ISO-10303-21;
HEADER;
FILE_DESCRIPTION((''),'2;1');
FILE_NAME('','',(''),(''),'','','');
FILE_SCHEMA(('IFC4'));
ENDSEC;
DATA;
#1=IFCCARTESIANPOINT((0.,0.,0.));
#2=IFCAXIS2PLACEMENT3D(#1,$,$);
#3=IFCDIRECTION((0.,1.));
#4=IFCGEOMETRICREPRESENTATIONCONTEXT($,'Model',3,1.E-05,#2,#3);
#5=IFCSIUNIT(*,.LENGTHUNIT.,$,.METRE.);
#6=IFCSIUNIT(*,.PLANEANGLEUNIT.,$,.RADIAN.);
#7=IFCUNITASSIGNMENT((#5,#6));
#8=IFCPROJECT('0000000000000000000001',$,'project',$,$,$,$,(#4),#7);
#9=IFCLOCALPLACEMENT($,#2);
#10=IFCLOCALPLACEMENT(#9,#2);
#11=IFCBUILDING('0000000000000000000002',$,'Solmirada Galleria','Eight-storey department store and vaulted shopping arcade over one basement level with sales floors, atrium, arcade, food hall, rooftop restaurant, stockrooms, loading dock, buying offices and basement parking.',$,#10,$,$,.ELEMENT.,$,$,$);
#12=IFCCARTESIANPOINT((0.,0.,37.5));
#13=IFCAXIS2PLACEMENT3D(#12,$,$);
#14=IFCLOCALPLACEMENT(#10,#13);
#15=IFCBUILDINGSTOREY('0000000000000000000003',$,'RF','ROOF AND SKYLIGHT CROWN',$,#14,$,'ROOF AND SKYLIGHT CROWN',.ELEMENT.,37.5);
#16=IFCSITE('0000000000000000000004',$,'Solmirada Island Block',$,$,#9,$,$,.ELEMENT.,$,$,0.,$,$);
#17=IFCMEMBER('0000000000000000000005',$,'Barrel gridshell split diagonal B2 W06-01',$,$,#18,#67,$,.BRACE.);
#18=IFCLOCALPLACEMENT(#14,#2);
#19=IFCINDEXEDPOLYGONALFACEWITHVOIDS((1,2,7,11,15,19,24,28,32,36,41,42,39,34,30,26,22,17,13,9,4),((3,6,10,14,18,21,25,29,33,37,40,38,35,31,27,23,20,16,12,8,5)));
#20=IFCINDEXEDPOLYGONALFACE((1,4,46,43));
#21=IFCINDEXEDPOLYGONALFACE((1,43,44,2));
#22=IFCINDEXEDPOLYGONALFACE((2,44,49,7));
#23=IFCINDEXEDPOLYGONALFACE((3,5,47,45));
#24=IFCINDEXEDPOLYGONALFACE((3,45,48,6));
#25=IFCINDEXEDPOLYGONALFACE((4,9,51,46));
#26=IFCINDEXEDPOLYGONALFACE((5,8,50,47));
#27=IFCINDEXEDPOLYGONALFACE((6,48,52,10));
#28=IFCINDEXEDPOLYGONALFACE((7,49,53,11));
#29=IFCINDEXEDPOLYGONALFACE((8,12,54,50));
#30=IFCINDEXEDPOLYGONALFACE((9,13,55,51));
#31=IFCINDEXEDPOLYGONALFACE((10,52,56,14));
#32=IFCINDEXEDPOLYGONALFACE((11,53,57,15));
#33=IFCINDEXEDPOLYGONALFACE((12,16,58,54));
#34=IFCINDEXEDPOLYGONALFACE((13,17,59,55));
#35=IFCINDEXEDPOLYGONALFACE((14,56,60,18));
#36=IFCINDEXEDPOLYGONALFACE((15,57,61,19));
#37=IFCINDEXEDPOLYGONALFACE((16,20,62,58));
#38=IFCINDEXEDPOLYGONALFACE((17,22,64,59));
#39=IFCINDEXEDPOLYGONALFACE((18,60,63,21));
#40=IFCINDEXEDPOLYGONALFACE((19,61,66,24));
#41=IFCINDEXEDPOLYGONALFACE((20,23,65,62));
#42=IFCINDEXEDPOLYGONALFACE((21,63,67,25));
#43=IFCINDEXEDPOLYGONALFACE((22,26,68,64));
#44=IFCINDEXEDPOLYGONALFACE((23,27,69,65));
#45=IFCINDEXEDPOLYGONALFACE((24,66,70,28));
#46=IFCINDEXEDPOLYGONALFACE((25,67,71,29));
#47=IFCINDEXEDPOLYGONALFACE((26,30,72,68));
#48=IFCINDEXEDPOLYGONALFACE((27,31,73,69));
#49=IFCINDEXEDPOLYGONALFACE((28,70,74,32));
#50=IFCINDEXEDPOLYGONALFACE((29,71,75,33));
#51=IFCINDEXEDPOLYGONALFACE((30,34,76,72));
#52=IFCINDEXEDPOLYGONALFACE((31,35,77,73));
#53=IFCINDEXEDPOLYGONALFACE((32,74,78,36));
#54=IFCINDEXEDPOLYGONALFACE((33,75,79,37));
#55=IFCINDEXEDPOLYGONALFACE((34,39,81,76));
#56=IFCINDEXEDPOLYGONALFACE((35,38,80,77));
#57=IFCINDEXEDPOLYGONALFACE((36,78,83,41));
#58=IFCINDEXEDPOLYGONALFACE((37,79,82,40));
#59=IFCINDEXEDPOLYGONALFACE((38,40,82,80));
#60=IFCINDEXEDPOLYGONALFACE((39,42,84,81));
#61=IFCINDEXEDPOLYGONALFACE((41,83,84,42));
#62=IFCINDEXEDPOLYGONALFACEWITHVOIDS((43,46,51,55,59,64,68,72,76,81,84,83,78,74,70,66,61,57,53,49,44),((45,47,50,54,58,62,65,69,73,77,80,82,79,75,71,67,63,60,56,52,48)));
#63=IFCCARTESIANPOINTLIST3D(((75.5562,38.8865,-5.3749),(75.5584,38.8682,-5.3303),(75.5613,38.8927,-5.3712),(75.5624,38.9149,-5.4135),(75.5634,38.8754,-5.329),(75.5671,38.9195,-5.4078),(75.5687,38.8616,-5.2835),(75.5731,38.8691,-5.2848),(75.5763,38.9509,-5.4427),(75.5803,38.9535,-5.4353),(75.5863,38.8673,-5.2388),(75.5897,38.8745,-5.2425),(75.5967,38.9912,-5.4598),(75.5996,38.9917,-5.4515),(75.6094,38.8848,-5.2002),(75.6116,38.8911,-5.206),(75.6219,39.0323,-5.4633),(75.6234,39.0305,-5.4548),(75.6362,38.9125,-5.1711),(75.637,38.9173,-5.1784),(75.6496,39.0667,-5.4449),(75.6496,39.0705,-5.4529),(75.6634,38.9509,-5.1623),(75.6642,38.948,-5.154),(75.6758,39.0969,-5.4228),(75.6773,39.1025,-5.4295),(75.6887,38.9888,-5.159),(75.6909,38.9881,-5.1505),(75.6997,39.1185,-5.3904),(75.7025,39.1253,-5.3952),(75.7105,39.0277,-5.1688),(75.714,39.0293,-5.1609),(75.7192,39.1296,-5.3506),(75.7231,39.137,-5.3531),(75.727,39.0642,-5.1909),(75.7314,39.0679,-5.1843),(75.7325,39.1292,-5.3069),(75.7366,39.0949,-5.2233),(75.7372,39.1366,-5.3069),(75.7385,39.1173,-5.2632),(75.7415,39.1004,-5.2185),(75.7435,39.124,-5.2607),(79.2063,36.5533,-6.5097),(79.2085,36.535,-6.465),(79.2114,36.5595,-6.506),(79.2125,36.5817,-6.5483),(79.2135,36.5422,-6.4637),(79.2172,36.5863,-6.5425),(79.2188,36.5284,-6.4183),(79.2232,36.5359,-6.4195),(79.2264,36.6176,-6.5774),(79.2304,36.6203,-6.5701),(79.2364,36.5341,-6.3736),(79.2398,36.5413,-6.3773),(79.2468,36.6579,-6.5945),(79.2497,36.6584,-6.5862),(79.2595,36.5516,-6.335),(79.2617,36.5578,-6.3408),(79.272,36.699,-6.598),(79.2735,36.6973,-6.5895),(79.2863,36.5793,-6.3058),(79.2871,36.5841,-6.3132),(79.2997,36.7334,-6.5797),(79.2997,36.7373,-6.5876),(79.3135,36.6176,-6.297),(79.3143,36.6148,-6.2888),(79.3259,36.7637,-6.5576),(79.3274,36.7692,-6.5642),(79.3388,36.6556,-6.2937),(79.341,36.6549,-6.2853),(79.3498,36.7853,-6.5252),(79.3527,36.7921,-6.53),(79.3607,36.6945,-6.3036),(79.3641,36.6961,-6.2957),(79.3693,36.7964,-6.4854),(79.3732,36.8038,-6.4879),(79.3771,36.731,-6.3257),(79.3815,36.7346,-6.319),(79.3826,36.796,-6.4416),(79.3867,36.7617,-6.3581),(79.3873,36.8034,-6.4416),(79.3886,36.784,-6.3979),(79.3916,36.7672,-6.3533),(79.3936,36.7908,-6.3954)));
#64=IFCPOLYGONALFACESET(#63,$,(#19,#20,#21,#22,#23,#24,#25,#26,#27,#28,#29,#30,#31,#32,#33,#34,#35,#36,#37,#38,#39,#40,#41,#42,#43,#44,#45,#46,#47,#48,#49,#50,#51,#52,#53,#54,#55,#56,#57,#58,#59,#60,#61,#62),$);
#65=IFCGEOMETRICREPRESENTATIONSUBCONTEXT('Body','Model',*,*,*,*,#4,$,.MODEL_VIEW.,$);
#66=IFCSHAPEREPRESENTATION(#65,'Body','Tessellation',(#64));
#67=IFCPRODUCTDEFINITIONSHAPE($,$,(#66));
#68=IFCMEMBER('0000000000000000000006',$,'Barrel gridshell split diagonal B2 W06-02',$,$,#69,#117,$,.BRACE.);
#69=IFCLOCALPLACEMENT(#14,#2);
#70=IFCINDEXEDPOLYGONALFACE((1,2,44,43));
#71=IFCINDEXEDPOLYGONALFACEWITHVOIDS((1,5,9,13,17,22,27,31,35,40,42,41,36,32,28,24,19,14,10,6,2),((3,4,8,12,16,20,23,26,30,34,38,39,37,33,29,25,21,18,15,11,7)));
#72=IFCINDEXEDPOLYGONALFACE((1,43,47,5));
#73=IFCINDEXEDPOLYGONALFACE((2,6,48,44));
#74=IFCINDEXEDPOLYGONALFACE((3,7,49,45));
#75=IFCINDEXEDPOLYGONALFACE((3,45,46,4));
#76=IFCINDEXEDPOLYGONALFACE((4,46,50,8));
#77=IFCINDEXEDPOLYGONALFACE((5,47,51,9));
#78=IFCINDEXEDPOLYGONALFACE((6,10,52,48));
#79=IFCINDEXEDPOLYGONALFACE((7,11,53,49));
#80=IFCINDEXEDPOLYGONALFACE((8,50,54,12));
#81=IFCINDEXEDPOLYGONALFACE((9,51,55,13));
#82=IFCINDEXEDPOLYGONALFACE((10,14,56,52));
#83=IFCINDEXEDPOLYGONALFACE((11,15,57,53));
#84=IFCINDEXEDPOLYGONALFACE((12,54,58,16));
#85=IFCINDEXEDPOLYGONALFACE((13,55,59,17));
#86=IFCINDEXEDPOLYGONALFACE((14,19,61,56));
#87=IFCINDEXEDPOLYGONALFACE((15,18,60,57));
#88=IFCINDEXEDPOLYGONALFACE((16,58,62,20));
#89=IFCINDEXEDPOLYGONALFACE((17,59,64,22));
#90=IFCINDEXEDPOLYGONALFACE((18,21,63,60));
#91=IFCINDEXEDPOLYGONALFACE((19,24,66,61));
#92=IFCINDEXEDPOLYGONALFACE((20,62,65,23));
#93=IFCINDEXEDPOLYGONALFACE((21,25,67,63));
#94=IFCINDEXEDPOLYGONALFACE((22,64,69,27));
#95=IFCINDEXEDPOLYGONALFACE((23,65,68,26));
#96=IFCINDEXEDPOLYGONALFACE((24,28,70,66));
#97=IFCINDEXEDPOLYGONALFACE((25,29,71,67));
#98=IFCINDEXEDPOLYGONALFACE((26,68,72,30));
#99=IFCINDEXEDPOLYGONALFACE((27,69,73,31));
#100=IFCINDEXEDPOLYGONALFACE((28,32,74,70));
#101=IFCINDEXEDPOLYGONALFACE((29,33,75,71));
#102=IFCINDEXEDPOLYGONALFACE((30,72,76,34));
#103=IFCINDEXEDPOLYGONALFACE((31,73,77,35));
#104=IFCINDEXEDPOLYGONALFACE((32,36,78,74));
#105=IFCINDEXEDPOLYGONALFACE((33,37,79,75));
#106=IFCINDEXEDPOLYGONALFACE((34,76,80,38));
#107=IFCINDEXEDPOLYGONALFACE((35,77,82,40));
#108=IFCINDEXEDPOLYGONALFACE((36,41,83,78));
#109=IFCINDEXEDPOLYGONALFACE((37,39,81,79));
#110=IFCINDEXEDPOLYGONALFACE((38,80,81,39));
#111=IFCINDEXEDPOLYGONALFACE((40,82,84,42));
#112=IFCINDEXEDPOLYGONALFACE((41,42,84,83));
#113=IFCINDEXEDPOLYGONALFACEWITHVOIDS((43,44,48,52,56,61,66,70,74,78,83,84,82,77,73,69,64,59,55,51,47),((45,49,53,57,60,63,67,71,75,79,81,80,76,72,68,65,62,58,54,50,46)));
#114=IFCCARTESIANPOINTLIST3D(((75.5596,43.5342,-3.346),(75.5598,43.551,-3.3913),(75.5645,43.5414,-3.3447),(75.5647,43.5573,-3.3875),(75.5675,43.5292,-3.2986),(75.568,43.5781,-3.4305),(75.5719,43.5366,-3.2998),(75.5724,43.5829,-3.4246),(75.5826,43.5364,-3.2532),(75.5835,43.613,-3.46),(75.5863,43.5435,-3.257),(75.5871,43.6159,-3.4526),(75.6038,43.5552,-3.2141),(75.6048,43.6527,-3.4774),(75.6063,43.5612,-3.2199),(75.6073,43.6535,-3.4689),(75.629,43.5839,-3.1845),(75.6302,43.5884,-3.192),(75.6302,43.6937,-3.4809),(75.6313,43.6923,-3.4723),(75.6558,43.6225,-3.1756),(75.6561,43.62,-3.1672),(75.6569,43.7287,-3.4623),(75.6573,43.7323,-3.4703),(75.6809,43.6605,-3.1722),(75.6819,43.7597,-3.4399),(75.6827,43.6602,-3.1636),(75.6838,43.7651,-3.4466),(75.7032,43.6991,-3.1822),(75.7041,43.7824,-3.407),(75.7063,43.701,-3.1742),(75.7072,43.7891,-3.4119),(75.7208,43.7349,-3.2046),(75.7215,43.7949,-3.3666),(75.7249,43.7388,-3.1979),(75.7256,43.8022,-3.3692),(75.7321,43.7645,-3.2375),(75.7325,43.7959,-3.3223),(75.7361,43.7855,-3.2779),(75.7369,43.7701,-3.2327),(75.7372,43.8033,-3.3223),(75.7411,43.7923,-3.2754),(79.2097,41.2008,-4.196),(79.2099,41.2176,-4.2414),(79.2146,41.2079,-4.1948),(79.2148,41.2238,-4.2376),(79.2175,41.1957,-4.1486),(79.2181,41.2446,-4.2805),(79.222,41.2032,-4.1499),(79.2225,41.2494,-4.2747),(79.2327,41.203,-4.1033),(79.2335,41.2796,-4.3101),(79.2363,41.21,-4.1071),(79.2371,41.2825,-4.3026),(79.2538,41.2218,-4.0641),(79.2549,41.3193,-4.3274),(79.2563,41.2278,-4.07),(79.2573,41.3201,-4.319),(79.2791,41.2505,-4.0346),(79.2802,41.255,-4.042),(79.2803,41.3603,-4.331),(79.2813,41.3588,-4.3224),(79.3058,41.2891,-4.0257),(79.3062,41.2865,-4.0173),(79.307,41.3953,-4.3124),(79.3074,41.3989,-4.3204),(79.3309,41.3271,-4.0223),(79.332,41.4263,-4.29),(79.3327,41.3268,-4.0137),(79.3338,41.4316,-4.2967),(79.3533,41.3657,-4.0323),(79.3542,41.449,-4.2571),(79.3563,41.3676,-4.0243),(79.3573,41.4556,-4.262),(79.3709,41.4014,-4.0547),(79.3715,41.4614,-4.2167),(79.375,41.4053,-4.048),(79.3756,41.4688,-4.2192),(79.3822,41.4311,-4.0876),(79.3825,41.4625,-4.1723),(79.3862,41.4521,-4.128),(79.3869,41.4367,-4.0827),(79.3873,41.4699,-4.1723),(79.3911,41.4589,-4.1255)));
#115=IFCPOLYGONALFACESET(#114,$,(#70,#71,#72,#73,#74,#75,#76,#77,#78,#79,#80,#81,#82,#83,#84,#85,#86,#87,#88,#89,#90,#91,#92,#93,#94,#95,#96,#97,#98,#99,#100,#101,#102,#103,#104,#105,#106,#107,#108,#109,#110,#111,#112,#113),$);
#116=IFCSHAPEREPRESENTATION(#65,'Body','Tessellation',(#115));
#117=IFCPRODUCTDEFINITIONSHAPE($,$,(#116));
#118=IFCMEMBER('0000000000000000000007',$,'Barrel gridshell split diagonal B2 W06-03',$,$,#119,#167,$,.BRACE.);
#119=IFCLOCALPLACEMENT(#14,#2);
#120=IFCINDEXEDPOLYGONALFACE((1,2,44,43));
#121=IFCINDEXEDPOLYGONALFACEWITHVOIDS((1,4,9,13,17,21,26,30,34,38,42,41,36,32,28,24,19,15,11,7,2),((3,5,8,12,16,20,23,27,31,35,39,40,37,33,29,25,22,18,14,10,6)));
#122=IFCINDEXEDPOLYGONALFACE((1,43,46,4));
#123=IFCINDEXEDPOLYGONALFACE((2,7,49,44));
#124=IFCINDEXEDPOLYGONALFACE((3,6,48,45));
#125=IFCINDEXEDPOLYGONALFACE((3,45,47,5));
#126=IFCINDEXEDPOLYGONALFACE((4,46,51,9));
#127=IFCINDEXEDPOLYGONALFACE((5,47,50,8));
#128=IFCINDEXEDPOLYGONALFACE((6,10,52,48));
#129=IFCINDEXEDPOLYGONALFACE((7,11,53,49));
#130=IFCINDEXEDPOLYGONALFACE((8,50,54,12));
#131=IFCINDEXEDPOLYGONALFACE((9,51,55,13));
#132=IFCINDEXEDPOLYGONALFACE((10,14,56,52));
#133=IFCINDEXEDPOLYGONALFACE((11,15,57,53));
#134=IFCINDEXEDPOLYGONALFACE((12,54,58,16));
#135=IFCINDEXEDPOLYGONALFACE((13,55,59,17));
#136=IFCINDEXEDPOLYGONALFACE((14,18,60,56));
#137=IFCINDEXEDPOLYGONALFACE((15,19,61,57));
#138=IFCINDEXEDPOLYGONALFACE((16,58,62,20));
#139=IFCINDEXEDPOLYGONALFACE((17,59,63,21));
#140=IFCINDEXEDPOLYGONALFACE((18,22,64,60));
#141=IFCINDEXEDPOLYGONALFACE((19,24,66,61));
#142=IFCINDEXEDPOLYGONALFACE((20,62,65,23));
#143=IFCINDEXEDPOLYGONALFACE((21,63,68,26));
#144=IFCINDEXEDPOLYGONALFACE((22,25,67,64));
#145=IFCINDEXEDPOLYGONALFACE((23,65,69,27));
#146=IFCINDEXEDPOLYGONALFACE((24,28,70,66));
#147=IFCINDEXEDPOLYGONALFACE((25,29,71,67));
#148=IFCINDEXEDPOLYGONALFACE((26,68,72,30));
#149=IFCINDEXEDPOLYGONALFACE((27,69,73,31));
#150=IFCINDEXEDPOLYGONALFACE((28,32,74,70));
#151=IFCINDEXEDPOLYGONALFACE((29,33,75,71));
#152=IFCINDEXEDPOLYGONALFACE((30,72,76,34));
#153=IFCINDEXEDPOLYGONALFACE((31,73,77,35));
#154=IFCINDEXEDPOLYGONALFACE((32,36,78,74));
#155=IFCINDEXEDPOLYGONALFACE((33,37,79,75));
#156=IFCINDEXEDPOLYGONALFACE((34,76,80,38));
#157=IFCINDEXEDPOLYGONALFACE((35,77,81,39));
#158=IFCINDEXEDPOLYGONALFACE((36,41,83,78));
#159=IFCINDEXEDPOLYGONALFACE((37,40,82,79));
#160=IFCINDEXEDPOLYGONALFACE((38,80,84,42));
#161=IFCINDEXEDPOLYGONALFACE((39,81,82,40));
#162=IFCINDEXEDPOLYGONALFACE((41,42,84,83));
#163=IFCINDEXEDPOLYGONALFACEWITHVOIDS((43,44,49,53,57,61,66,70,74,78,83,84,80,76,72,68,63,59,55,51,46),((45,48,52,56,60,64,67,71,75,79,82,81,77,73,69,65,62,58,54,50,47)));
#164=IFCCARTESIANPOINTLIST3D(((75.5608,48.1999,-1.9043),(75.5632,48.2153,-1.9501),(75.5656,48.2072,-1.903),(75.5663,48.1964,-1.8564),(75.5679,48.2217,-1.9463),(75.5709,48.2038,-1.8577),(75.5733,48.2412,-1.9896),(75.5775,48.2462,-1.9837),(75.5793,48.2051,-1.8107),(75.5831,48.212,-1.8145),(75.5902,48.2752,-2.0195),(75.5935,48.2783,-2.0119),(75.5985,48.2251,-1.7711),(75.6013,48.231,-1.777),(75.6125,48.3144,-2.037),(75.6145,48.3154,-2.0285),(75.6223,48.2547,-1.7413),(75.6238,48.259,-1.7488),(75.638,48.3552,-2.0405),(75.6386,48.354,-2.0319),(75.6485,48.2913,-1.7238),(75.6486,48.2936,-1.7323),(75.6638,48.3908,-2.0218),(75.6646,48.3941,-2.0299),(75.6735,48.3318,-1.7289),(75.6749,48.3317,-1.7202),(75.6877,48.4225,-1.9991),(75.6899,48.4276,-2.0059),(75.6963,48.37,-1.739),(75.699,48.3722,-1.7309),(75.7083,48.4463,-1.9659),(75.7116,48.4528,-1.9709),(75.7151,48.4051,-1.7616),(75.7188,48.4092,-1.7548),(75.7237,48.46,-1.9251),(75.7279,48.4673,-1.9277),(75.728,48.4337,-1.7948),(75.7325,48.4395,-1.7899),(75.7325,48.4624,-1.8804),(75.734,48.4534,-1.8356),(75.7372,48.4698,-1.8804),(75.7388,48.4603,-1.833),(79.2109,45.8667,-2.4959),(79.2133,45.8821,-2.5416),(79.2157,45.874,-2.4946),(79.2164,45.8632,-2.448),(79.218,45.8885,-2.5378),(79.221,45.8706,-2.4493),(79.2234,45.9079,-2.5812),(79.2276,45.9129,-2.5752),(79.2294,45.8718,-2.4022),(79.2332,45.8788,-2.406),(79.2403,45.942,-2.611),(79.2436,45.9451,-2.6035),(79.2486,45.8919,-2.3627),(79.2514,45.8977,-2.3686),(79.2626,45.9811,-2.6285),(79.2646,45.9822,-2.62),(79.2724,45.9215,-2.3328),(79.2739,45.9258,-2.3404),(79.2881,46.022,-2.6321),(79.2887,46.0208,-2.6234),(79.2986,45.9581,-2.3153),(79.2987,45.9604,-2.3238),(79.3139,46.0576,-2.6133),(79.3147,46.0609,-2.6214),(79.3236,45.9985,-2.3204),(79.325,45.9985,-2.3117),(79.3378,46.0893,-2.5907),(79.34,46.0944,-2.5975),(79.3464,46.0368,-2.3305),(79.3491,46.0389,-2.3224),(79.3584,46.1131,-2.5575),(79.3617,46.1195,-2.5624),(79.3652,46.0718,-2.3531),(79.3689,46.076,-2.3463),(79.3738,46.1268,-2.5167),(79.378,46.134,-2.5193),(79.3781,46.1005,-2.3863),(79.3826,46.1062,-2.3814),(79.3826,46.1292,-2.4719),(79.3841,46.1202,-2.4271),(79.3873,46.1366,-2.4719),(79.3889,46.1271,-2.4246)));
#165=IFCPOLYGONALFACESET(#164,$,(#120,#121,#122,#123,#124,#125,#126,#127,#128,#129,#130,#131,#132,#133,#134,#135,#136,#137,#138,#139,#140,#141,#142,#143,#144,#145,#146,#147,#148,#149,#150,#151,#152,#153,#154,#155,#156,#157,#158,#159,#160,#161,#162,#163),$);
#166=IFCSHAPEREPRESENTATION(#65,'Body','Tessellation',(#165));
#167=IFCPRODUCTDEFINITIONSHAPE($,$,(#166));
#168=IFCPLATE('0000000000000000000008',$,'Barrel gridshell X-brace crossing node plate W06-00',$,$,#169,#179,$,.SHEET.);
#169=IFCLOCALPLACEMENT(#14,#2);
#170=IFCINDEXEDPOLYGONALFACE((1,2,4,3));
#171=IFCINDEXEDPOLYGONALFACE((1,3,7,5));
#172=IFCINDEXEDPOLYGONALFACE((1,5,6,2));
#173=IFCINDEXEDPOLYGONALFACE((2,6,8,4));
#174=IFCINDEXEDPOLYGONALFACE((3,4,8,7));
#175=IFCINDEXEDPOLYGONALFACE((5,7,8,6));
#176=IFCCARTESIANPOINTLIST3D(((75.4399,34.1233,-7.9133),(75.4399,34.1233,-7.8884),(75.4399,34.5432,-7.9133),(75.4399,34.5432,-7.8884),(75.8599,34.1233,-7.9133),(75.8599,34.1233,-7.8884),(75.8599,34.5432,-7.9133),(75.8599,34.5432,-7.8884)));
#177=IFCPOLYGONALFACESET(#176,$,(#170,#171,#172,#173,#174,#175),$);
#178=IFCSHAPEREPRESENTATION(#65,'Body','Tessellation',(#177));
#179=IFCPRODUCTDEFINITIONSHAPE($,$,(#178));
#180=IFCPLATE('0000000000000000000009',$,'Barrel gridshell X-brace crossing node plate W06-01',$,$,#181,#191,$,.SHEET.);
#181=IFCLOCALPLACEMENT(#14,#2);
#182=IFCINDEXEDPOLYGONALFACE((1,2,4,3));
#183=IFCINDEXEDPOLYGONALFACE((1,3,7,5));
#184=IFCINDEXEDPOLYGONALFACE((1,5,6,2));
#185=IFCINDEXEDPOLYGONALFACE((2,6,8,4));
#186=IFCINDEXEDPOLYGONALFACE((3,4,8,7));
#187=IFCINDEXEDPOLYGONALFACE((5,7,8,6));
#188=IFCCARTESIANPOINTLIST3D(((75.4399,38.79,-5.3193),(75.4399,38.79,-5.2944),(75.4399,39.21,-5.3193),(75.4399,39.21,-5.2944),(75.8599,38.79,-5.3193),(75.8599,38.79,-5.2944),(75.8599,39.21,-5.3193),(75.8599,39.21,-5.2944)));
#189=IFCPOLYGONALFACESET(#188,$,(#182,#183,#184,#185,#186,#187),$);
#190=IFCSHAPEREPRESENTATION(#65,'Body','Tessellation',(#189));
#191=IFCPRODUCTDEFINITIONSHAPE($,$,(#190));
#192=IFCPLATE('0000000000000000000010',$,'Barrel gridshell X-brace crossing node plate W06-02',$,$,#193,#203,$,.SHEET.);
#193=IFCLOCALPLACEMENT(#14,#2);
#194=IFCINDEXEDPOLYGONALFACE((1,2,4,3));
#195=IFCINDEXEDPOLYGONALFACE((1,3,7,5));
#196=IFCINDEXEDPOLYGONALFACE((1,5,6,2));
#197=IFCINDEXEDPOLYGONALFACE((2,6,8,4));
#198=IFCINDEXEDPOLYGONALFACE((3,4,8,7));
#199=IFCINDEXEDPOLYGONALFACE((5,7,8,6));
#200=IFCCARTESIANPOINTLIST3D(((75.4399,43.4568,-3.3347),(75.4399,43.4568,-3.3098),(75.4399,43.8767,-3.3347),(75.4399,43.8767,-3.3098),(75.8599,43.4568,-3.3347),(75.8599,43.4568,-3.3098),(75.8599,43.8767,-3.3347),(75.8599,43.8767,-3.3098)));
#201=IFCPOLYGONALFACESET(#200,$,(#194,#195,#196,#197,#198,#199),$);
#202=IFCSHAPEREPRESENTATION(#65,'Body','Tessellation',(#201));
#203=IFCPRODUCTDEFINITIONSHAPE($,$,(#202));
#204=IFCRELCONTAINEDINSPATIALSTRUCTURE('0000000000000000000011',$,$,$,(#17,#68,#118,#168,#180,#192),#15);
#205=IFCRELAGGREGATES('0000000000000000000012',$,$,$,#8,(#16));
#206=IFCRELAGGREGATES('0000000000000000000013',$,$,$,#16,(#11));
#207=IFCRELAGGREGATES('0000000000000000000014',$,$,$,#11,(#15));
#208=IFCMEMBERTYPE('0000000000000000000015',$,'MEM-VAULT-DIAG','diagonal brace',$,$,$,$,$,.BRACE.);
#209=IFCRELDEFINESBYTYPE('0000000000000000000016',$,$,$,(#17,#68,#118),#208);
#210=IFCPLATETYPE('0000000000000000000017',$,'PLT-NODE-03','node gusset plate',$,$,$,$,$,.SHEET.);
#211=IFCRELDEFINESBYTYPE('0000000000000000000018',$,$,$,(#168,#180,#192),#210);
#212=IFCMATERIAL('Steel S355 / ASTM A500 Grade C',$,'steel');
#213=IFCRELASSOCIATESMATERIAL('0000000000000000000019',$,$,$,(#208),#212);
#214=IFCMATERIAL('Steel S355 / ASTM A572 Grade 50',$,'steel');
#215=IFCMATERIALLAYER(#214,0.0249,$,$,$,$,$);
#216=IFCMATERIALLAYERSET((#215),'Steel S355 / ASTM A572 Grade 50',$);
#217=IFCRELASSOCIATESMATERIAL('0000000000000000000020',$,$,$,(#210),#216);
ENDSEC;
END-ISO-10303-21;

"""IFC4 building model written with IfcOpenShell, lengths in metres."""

from ifc_helpers import new_model, si_unit, direction, frame, origin, origin_2d, place, context, subcontext, project, spatial, rectangle, hollow_circle, extrude, material, layer, layer_set, material_profile, profile_set, type_object, element, save


model = new_model("IFC4")

# Units and contexts
model_context = context("Model", 3, precision=1e-05, world=origin(), true_north=direction((0.0, 1.0)))
body_context = subcontext(model_context, "Body", "Model", "MODEL_VIEW")
ifc_project = project(units=[si_unit("LENGTHUNIT", "METRE"), si_unit("PLANEANGLEUNIT", "RADIAN")], contexts=[model_context])

# Site, building, storey
site_placement = place(None, origin())
site = spatial("IfcSite", under=ifc_project, at=site_placement, Name="Solmirada Island Block", CompositionType="ELEMENT", RefElevation=0.0)
building_placement = place(site_placement, origin())
building = spatial("IfcBuilding", under=site, at=building_placement, Name="Solmirada Galleria", Description="Eight-storey department store and vaulted shopping arcade over one basement level with sales floors, atrium, arcade, food hall, rooftop restaurant, stockrooms, loading dock, buying offices and basement parking.", CompositionType="ELEMENT")
storey_placement = place(building_placement, frame((0.0, 0.0, 37.5)))
storey = spatial("IfcBuildingStorey", under=building, at=storey_placement, Name="RF", Description="ROOF AND SKYLIGHT CROWN", LongName="ROOF AND SKYLIGHT CROWN", CompositionType="ELEMENT", Elevation=37.5)

# Members
ifc_material_1 = material(Name="Steel S355 / ASTM A500 Grade C", Category="steel")
ifc_material_profile_1 = material_profile(ifc_material_1, hollow_circle(Radius=0.1621, WallThickness=0.0088, at=origin_2d()), Name="HSS12.750X0.375")
ifc_profile_set_1 = profile_set([ifc_material_profile_1], Name="Steel S355 / ASTM A500 Grade C")
member_type_1 = type_object("IfcMemberType", Name="MEM-VAULT-DIAG", Description="diagonal brace", PredefinedType="BRACE", material=ifc_profile_set_1)
member_1_placement = place(storey_placement, frame((75.6499, 39.0, -5.3069), z_axis=(0.815071, -0.521011, -0.253391), x_axis=(0.538588, 0.842569, 0.0)))
element("IfcMember", 1, at=member_1_placement, inside=storey, type_object=member_type_1, Name="Barrel gridshell split diagonal B2 W06-01", PredefinedType="BRACE", context=body_context, shape_type="SweptSolid", body=[
    extrude(hollow_circle(Radius=0.1621, WallThickness=0.0088, at=origin_2d()), origin(), (0.0, 0.0, 1.0), 4.4783),
])
member_2_placement = place(storey_placement, frame((75.6499, 43.6667, -3.3223), z_axis=(0.826777, -0.528549, -0.192551), x_axis=(0.538628, 0.842544, 0.0)))
element("IfcMember", 2, at=member_2_placement, inside=storey, type_object=member_type_1, Name="Barrel gridshell split diagonal B2 W06-02", PredefinedType="BRACE", context=body_context, shape_type="SweptSolid", body=[
    extrude(hollow_circle(Radius=0.1621, WallThickness=0.0088, at=origin_2d()), origin(), (0.0, 0.0, 1.0), 4.4148),
])
member_3_placement = place(storey_placement, frame((75.6499, 48.3333, -1.8804), z_axis=(0.834822, -0.533636, -0.135294), x_axis=(0.538588, 0.842569, 0.0)))
element("IfcMember", 3, at=member_3_placement, inside=storey, type_object=member_type_1, Name="Barrel gridshell split diagonal B2 W06-03", PredefinedType="BRACE", context=body_context, shape_type="SweptSolid", body=[
    extrude(hollow_circle(Radius=0.1621, WallThickness=0.0088, at=origin_2d()), origin(), (0.0, 0.0, 1.0), 4.3723),
])

# Plates
ifc_material_2 = material(Name="Steel S355 / ASTM A572 Grade 50", Category="steel")
ifc_layer_1 = layer(ifc_material_2, 0.0249)
ifc_layer_set_1 = layer_set([ifc_layer_1], Name="Steel S355 / ASTM A572 Grade 50")
plate_type_1 = type_object("IfcPlateType", Name="PLT-NODE-03", Description="node gusset plate", PredefinedType="SHEET", material=ifc_layer_set_1)
for number, where, z_axis, x_axis, name in (
    (4, (75.6499, 34.3333, -7.9133), (0.0, 0.0, 1.0), (1.0, 0.0, 0.0), "Barrel gridshell X-brace crossing node plate W06-00"),
    (5, (75.6499, 39.0, -5.3193), (0.0, 0.0, 1.0), (1.0, 0.0, 0.0), "Barrel gridshell X-brace crossing node plate W06-01"),
    (6, (75.6499, 43.6667, -3.3347), (0.0, 0.0, 1.0), (1.0, 0.0, 0.0), "Barrel gridshell X-brace crossing node plate W06-02"),
):
    element("IfcPlate", number, at=place(storey_placement, frame(where, z_axis=z_axis, x_axis=x_axis)), inside=storey, type_object=plate_type_1, Name=name, PredefinedType="SHEET", context=body_context, shape_type="SweptSolid", body=[
        extrude(rectangle(XDim=0.4199, YDim=0.4199, at=origin_2d()), origin(), (0.0, 0.0, 1.0), 0.0249),
    ])

save(model, "model.ifc")
